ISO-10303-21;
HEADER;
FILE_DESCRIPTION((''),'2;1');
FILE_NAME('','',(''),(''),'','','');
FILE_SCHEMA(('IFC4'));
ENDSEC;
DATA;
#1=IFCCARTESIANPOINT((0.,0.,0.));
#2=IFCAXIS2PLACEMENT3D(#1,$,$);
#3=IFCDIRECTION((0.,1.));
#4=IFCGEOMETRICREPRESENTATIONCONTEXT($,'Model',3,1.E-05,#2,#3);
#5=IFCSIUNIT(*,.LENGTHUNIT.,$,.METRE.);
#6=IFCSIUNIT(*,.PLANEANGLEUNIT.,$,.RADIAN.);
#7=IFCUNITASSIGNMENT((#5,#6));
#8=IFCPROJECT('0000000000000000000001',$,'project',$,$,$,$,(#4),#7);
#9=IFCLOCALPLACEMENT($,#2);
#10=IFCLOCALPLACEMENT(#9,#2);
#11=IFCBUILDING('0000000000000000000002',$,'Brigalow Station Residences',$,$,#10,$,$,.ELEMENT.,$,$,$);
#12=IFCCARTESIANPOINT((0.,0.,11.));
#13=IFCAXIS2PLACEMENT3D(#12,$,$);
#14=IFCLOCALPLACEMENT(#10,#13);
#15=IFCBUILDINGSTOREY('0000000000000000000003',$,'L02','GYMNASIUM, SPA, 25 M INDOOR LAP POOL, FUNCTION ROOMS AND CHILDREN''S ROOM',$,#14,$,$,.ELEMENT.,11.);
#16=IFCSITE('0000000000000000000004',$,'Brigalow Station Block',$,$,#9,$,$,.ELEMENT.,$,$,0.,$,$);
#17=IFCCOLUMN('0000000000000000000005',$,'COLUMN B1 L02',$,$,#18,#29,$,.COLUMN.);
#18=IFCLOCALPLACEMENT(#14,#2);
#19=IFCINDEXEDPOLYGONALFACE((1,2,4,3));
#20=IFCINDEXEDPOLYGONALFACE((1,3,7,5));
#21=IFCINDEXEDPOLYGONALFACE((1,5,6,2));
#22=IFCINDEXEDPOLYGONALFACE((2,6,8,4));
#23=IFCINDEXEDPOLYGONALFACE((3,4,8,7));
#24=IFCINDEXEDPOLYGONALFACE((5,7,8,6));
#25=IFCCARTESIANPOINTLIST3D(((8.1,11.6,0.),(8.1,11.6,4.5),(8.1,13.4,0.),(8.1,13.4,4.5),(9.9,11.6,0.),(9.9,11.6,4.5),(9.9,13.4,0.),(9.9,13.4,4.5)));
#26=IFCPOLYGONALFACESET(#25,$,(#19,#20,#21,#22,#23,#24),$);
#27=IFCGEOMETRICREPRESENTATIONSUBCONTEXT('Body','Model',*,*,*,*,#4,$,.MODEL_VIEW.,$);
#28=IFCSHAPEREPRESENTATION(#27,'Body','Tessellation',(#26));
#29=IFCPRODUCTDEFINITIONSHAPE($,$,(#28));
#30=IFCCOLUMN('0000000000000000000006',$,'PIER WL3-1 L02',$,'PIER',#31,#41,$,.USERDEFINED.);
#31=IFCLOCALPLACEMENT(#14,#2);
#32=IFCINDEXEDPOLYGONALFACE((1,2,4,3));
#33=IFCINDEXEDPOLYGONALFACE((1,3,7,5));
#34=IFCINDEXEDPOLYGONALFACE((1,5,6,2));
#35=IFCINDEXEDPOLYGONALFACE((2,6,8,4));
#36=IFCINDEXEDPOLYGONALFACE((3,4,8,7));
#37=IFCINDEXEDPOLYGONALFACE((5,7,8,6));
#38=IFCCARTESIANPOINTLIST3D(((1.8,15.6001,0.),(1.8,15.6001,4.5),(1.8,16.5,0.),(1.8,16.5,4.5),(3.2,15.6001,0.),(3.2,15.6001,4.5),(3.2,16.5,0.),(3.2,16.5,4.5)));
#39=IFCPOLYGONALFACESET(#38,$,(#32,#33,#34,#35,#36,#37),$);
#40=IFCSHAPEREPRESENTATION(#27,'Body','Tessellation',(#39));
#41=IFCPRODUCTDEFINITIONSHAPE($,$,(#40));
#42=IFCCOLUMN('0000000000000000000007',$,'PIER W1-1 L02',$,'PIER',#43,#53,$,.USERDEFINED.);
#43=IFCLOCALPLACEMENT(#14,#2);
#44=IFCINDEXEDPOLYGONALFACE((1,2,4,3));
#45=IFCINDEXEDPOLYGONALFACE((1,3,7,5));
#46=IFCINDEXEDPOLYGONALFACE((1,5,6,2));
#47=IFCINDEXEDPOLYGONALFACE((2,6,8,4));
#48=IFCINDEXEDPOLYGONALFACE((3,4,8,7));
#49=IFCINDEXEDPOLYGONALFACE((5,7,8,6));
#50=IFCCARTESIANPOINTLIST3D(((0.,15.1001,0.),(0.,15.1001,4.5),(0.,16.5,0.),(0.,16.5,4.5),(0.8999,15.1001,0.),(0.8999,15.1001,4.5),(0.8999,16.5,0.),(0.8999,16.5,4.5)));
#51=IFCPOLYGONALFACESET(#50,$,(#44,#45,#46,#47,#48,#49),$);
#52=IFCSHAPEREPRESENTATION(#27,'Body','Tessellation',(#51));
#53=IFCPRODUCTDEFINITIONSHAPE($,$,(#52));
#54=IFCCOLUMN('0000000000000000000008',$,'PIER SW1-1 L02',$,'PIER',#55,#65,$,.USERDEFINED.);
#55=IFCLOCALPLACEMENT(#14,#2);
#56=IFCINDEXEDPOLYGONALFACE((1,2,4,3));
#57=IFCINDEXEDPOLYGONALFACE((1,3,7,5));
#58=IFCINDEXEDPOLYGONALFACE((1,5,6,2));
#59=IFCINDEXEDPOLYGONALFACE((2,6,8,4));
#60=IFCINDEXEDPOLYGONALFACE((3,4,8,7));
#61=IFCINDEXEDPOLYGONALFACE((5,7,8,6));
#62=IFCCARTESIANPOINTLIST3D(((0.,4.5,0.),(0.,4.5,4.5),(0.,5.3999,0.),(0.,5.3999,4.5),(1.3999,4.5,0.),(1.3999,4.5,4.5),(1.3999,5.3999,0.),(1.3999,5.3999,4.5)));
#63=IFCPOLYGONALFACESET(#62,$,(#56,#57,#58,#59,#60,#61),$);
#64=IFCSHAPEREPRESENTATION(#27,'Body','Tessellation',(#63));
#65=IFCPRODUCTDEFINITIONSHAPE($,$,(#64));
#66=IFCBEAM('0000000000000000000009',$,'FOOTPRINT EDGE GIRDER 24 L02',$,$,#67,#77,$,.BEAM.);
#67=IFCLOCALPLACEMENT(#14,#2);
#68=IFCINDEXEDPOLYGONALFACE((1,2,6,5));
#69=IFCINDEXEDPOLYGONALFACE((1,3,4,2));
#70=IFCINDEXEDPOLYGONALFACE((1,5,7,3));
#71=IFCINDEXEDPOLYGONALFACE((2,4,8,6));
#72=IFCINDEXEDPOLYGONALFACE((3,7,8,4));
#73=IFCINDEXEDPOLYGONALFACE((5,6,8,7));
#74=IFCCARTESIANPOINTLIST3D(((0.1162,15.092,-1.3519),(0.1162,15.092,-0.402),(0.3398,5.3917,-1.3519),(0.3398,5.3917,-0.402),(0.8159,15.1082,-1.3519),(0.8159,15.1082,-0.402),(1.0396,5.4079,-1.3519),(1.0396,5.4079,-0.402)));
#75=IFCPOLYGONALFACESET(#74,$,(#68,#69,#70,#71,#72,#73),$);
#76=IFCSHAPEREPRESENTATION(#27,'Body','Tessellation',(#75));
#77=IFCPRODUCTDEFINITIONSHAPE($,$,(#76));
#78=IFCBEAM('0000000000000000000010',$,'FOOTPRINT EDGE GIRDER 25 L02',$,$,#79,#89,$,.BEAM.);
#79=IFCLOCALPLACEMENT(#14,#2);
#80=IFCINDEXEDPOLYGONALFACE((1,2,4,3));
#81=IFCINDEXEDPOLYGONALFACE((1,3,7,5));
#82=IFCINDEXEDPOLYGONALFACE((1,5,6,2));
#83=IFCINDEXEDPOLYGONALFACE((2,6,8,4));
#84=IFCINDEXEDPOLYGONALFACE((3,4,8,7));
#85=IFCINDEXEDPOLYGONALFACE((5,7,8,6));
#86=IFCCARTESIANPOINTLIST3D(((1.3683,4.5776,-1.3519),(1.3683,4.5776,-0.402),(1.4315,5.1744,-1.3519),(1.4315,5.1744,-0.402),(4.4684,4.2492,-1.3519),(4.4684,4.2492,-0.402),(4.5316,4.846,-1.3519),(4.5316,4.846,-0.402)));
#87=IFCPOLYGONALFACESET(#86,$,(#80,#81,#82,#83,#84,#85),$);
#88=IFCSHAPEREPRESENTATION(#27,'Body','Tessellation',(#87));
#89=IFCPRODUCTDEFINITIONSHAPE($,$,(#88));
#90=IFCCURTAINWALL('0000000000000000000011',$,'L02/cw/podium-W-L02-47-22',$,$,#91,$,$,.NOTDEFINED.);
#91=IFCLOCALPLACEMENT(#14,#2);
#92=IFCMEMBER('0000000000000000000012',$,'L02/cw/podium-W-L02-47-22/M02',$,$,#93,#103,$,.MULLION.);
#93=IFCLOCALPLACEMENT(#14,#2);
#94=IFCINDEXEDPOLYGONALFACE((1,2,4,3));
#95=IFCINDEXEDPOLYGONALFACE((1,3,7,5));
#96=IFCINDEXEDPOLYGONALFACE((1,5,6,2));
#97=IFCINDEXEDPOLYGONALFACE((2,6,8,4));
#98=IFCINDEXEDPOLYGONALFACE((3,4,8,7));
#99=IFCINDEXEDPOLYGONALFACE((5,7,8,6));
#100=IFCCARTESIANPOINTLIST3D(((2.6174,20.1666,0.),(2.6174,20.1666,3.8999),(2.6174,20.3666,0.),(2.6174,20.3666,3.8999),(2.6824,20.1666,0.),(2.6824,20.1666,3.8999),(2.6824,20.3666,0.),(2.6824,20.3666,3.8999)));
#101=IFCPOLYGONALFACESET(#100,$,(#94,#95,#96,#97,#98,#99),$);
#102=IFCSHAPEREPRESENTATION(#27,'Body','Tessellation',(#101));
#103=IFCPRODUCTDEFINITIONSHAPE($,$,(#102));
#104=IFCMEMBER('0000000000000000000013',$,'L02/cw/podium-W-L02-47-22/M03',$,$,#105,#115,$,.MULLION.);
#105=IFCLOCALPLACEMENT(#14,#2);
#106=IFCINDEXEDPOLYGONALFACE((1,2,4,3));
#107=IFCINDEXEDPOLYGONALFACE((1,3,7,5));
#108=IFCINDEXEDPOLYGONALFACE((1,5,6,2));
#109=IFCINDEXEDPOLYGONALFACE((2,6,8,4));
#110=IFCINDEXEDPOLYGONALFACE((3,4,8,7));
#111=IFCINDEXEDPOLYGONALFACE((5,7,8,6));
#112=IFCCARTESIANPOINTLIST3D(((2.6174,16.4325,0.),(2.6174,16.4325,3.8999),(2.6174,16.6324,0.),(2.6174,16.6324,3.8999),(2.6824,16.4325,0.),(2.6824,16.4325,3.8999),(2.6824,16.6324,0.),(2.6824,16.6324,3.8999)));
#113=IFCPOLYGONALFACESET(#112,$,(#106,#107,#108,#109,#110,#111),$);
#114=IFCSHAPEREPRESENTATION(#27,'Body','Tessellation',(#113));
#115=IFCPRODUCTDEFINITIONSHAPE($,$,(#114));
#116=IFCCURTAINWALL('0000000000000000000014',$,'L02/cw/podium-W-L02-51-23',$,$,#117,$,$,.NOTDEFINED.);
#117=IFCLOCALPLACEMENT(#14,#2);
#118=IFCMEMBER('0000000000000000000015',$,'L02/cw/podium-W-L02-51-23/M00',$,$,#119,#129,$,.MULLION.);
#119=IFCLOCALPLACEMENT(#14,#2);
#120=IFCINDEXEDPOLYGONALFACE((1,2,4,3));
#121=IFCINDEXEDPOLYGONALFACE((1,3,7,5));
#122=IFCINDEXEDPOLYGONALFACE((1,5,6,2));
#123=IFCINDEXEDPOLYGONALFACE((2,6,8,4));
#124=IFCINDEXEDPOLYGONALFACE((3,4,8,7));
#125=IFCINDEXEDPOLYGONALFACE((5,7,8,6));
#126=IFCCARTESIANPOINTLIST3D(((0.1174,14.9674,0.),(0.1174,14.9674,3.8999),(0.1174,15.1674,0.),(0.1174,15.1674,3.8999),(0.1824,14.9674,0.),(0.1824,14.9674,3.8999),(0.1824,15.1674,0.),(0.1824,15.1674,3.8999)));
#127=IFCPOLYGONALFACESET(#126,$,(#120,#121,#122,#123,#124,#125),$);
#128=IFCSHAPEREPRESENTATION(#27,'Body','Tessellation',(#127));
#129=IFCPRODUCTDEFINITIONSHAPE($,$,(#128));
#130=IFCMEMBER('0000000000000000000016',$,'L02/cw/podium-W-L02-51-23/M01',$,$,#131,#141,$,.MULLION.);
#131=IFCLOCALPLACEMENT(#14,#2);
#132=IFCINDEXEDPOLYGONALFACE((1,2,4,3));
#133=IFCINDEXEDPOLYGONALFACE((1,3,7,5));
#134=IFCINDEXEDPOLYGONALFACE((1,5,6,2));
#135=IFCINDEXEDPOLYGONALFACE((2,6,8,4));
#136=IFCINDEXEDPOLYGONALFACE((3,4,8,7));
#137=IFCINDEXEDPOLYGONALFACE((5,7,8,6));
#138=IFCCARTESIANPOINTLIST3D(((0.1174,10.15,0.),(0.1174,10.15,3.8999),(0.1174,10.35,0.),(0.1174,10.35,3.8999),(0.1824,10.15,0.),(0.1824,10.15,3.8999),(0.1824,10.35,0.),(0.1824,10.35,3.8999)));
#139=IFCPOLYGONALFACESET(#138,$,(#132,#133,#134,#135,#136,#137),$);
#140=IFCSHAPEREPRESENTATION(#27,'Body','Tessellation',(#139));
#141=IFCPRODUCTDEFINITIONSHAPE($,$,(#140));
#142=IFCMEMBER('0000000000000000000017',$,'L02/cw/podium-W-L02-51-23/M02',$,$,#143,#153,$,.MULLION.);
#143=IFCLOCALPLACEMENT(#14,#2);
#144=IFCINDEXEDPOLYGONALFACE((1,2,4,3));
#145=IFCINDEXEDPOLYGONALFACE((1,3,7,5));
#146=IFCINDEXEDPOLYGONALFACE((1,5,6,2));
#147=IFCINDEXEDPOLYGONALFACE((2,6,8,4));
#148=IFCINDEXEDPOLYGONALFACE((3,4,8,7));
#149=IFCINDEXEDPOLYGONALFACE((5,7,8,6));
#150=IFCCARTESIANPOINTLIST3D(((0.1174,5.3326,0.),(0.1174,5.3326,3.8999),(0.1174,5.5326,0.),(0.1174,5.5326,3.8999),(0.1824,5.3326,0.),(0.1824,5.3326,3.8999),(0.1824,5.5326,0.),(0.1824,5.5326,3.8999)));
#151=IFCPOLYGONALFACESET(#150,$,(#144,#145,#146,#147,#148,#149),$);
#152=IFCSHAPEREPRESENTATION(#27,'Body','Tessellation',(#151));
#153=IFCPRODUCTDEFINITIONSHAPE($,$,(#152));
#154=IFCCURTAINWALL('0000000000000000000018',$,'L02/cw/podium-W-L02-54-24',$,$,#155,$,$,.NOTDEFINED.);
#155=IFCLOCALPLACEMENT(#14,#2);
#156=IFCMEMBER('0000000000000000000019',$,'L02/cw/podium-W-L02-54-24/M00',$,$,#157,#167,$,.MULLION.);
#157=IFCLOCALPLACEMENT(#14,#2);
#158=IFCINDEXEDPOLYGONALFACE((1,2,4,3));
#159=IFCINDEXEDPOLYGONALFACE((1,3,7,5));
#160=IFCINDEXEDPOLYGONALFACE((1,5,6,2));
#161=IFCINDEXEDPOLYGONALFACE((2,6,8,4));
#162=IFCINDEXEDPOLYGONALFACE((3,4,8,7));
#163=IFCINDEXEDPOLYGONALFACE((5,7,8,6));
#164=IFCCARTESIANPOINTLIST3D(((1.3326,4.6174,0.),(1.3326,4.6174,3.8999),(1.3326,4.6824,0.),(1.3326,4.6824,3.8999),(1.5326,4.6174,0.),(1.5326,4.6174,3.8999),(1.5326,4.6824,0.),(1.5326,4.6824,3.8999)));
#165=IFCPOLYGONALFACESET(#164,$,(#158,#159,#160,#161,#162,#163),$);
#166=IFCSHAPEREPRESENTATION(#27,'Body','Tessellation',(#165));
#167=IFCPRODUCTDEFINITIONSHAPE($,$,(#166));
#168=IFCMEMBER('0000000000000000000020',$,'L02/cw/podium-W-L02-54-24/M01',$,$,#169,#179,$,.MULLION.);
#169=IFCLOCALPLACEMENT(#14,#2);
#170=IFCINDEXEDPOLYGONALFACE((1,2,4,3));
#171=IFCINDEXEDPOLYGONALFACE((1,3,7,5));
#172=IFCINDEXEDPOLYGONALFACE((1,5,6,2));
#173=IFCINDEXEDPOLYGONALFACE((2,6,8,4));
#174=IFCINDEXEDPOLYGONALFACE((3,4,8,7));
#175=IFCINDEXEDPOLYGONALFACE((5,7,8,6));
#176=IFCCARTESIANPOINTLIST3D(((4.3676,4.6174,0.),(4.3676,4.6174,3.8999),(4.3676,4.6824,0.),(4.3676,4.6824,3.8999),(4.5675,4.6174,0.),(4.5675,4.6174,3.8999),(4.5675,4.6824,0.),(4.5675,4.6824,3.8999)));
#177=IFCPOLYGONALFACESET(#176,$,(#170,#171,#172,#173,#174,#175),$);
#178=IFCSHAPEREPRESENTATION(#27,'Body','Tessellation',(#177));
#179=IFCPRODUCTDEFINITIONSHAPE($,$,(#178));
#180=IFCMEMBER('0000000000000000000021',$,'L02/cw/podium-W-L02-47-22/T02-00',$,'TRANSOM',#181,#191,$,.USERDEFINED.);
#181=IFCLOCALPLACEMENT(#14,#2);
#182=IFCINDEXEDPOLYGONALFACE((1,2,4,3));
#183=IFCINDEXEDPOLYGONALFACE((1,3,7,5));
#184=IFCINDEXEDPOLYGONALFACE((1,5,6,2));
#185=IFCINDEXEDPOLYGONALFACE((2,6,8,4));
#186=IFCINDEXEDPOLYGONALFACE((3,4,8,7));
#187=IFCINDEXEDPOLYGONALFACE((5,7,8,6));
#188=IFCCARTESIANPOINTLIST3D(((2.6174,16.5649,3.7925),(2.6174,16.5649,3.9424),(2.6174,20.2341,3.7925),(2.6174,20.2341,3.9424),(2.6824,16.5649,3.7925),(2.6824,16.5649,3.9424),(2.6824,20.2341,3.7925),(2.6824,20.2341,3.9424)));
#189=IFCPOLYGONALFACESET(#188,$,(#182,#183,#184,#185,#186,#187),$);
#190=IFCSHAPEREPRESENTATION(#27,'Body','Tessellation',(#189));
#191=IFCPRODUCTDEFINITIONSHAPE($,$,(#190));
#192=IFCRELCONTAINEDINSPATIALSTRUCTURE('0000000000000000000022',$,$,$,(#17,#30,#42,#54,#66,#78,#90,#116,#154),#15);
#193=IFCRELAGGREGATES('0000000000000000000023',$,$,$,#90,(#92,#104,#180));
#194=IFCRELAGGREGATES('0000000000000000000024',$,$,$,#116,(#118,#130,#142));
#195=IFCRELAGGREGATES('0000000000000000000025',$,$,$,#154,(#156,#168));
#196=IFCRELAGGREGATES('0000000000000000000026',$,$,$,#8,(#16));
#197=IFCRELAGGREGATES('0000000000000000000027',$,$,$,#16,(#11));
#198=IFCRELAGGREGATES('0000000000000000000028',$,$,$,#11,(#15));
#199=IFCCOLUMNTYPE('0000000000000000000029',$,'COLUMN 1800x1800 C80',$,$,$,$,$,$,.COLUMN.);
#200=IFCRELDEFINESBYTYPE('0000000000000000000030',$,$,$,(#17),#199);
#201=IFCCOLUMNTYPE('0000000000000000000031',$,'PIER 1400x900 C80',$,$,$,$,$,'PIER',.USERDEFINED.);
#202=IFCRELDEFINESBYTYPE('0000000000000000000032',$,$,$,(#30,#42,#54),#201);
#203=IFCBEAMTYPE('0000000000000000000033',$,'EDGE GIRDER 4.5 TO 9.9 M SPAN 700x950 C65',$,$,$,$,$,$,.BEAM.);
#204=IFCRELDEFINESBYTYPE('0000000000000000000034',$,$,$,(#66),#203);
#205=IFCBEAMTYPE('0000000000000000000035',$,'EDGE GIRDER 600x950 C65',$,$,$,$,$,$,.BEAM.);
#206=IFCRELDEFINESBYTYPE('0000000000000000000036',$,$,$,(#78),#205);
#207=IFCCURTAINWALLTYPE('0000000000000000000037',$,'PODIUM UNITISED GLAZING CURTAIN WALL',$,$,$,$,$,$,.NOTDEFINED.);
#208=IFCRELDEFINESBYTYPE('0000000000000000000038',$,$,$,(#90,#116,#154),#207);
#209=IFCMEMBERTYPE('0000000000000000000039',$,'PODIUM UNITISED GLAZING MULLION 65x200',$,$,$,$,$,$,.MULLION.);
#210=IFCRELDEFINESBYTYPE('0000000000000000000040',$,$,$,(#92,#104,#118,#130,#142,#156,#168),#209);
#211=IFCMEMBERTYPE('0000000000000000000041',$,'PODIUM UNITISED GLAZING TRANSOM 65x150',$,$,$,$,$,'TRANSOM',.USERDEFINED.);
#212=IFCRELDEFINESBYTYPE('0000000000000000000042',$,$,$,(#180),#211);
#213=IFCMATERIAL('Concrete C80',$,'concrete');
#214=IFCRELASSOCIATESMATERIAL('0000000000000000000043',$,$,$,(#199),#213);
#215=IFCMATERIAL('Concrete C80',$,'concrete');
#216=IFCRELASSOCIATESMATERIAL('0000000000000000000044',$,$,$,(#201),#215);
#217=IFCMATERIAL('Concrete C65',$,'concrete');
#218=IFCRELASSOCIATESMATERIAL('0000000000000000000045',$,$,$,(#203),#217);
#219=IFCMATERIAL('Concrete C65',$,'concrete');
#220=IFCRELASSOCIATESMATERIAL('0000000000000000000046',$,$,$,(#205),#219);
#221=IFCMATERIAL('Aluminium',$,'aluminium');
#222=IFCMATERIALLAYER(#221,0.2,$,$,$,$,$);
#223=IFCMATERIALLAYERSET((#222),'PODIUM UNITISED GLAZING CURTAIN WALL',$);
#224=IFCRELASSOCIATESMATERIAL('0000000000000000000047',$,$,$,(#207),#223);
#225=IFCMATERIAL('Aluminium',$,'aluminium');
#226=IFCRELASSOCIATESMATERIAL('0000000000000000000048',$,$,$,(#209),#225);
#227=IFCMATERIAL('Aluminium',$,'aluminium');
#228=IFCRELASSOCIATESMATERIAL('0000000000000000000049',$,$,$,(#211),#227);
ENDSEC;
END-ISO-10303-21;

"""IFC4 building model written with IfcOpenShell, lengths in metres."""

from ifc_helpers import new_model, si_unit, direction, frame, origin, origin_2d, place, context, subcontext, project, spatial, rectangle, extrude, material, layer, layer_set, material_profile, profile_set, type_object, element, aggregate, save


model = new_model("IFC4")

# Units and contexts
model_context = context("Model", 3, precision=1e-05, world=origin(), true_north=direction((0.0, 1.0)))
body_context = subcontext(model_context, "Body", "Model", "MODEL_VIEW")
ifc_project = project(units=[si_unit("LENGTHUNIT", "METRE"), si_unit("PLANEANGLEUNIT", "RADIAN")], contexts=[model_context])

# Site, building, storey
site_placement = place(None, origin())
site = spatial("IfcSite", under=ifc_project, at=site_placement, Name="Brigalow Station Block", CompositionType="ELEMENT", RefElevation=0.0)
building_placement = place(site_placement, origin())
building = spatial("IfcBuilding", under=site, at=building_placement, Name="Brigalow Station Residences", CompositionType="ELEMENT")
storey_placement = place(building_placement, frame((0.0, 0.0, 11.0)))
storey = spatial("IfcBuildingStorey", under=building, at=storey_placement, Name="L02", Description="GYMNASIUM, SPA, 25 M INDOOR LAP POOL, FUNCTION ROOMS AND CHILDREN'S ROOM", CompositionType="ELEMENT", Elevation=11.0)

# Columns
ifc_material_1 = material(Name="Concrete C80", Category="concrete")
ifc_material_profile_1 = material_profile(ifc_material_1, rectangle(XDim=1.8, YDim=1.8, at=origin_2d()), Name="RC1800x1800")
ifc_profile_set_1 = profile_set([ifc_material_profile_1], Name="Concrete C80")
column_type_1 = type_object("IfcColumnType", Name="COLUMN 1800x1800 C80", PredefinedType="COLUMN", material=ifc_profile_set_1)
column_placement = place(storey_placement, frame((9.0, 12.5, 0.0), z_axis=(0.0, 0.0, 1.0), x_axis=(1.0, 0.0, 0.0)))
element("IfcColumn", 1, at=column_placement, inside=storey, type_object=column_type_1, Name="COLUMN B1 L02", PredefinedType="COLUMN", context=body_context, shape_type="SweptSolid", body=[
    extrude(rectangle(XDim=1.8, YDim=1.8, at=origin_2d()), origin(), (0.0, 0.0, 1.0), 4.5),
])
ifc_material_2 = material(Name="Concrete C80", Category="concrete")
ifc_material_profile_2 = material_profile(ifc_material_2, rectangle(XDim=1.3999, YDim=0.8999, at=origin_2d()), Name="RC1400x900")
ifc_profile_set_2 = profile_set([ifc_material_profile_2], Name="Concrete C80")
column_type_2 = type_object("IfcColumnType", Name="PIER 1400x900 C80", ElementType="PIER", PredefinedType="USERDEFINED", material=ifc_profile_set_2)
for number, where, z_axis, x_axis, name in (
    (2, (2.5, 16.05, 0.0), (0.0, 0.0, 1.0), (-1.0, 0.0, 0.0), "PIER WL3-1 L02"),
    (3, (0.45, 15.8, 0.0), (0.0, 0.0, 1.0), (0.0, -1.0, 0.0), "PIER W1-1 L02"),
    (4, (0.7, 4.95, 0.0), (0.0, 0.0, 1.0), (1.0, 0.0, 0.0), "PIER SW1-1 L02"),
):
    element("IfcColumn", number, at=place(storey_placement, frame(where, z_axis=z_axis, x_axis=x_axis)), inside=storey, type_object=column_type_2, Name=name, ObjectType="PIER", PredefinedType="USERDEFINED", context=body_context, shape_type="SweptSolid", body=[
        extrude(rectangle(XDim=1.3999, YDim=0.8999, at=origin_2d()), origin(), (0.0, 0.0, 1.0), 4.5),
    ])

# Beams
ifc_material_3 = material(Name="Concrete C65", Category="concrete")
ifc_material_profile_3 = material_profile(ifc_material_3, rectangle(XDim=0.7, YDim=0.95, at=origin_2d()), Name="RC700x950")
ifc_profile_set_3 = profile_set([ifc_material_profile_3], Name="Concrete C65")
beam_type_1 = type_object("IfcBeamType", Name="EDGE GIRDER 4.5 TO 9.9 M SPAN 700x950 C65", PredefinedType="BEAM", material=ifc_profile_set_3)
beam_1_placement = place(storey_placement, frame((0.4661, 15.1001, -0.877), z_axis=(0.023048, -0.999734, 0.0), x_axis=(0.999734, 0.023048, 0.0)))
element("IfcBeam", 5, at=beam_1_placement, inside=storey, type_object=beam_type_1, Name="FOOTPRINT EDGE GIRDER 24 L02", PredefinedType="BEAM", context=body_context, shape_type="SweptSolid", body=[
    extrude(rectangle(XDim=0.7, YDim=0.95, at=origin_2d()), origin(), (0.0, 0.0, 1.0), 9.7029),
])
ifc_material_4 = material(Name="Concrete C65", Category="concrete")
ifc_material_profile_4 = material_profile(ifc_material_4, rectangle(XDim=0.6001, YDim=0.95, at=origin_2d()), Name="RC600x950")
ifc_profile_set_4 = profile_set([ifc_material_profile_4], Name="Concrete C65")
beam_type_2 = type_object("IfcBeamType", Name="EDGE GIRDER 600x950 C65", PredefinedType="BEAM", material=ifc_profile_set_4)
beam_2_placement = place(storey_placement, frame((1.3999, 4.876, -0.877), z_axis=(0.994437, -0.105333, 0.0), x_axis=(0.105333, 0.994437, 0.0)))
element("IfcBeam", 6, at=beam_2_placement, inside=storey, type_object=beam_type_2, Name="FOOTPRINT EDGE GIRDER 25 L02", PredefinedType="BEAM", context=body_context, shape_type="SweptSolid", body=[
    extrude(rectangle(XDim=0.6001, YDim=0.95, at=origin_2d()), origin(), (0.0, 0.0, 1.0), 3.1174),
])

# Curtain walls, members
ifc_material_5 = material(Name="Aluminium", Category="aluminium")
ifc_layer_1 = layer(ifc_material_5, 0.2)
ifc_layer_set_1 = layer_set([ifc_layer_1], Name="PODIUM UNITISED GLAZING CURTAIN WALL")
curtain_wall_type = type_object("IfcCurtainWallType", Name="PODIUM UNITISED GLAZING CURTAIN WALL", PredefinedType="NOTDEFINED", material=ifc_layer_set_1)
curtain_wall_1_placement = place(storey_placement, origin())
curtain_wall_1 = element("IfcCurtainWall", 7, at=curtain_wall_1_placement, inside=storey, type_object=curtain_wall_type, Name="L02/cw/podium-W-L02-47-22", PredefinedType="NOTDEFINED")
ifc_material_6 = material(Name="Aluminium", Category="aluminium")
ifc_material_profile_5 = material_profile(ifc_material_6, rectangle(XDim=0.0649, YDim=0.2, at=origin_2d()), Name="PODIUM UNITISED GLAZING MULLION 65x200")
ifc_profile_set_5 = profile_set([ifc_material_profile_5], Name="Aluminium")
member_type_1 = type_object("IfcMemberType", Name="PODIUM UNITISED GLAZING MULLION 65x200", PredefinedType="MULLION", material=ifc_profile_set_5)
member_1_placement = place(storey_placement, frame((2.6499, 20.2666, 0.0), z_axis=(0.0, 0.0, 1.0), x_axis=(1.0, 0.0, 0.0)))
member_1 = element("IfcMember", 8, at=member_1_placement, type_object=member_type_1, Name="L02/cw/podium-W-L02-47-22/M02", PredefinedType="MULLION", context=body_context, shape_type="SweptSolid", body=[
    extrude(rectangle(XDim=0.0649, YDim=0.2, at=origin_2d()), origin(), (0.0, 0.0, 1.0), 3.8999),
])
member_2_placement = place(storey_placement, frame((2.6499, 16.5325, 0.0), z_axis=(0.0, 0.0, 1.0), x_axis=(1.0, 0.0, 0.0)))
member_2 = element("IfcMember", 9, at=member_2_placement, type_object=member_type_1, Name="L02/cw/podium-W-L02-47-22/M03", PredefinedType="MULLION", context=body_context, shape_type="SweptSolid", body=[
    extrude(rectangle(XDim=0.0649, YDim=0.2, at=origin_2d()), origin(), (0.0, 0.0, 1.0), 3.8999),
])
curtain_wall_2_placement = place(storey_placement, origin())
curtain_wall_2 = element("IfcCurtainWall", 10, at=curtain_wall_2_placement, inside=storey, type_object=curtain_wall_type, Name="L02/cw/podium-W-L02-51-23", PredefinedType="NOTDEFINED")
member_3_placement = place(storey_placement, frame((0.1499, 15.0674, 0.0), z_axis=(0.0, 0.0, 1.0), x_axis=(1.0, 0.0, 0.0)))
member_3 = element("IfcMember", 11, at=member_3_placement, type_object=member_type_1, Name="L02/cw/podium-W-L02-51-23/M00", PredefinedType="MULLION", context=body_context, shape_type="SweptSolid", body=[
    extrude(rectangle(XDim=0.0649, YDim=0.2, at=origin_2d()), origin(), (0.0, 0.0, 1.0), 3.8999),
])
member_4_placement = place(storey_placement, frame((0.1499, 10.25, 0.0), z_axis=(0.0, 0.0, 1.0), x_axis=(1.0, 0.0, 0.0)))
member_4 = element("IfcMember", 12, at=member_4_placement, type_object=member_type_1, Name="L02/cw/podium-W-L02-51-23/M01", PredefinedType="MULLION", context=body_context, shape_type="SweptSolid", body=[
    extrude(rectangle(XDim=0.0649, YDim=0.2, at=origin_2d()), origin(), (0.0, 0.0, 1.0), 3.8999),
])
member_5_placement = place(storey_placement, frame((0.1499, 5.4326, 0.0), z_axis=(0.0, 0.0, 1.0), x_axis=(1.0, 0.0, 0.0)))
member_5 = element("IfcMember", 13, at=member_5_placement, type_object=member_type_1, Name="L02/cw/podium-W-L02-51-23/M02", PredefinedType="MULLION", context=body_context, shape_type="SweptSolid", body=[
    extrude(rectangle(XDim=0.0649, YDim=0.2, at=origin_2d()), origin(), (0.0, 0.0, 1.0), 3.8999),
])
curtain_wall_3_placement = place(storey_placement, origin())
curtain_wall_3 = element("IfcCurtainWall", 14, at=curtain_wall_3_placement, inside=storey, type_object=curtain_wall_type, Name="L02/cw/podium-W-L02-54-24", PredefinedType="NOTDEFINED")
member_6_placement = place(storey_placement, frame((1.4326, 4.6499, 0.0), z_axis=(0.0, 0.0, 1.0), x_axis=(0.0, 1.0, 0.0)))
member_6 = element("IfcMember", 15, at=member_6_placement, type_object=member_type_1, Name="L02/cw/podium-W-L02-54-24/M00", PredefinedType="MULLION", context=body_context, shape_type="SweptSolid", body=[
    extrude(rectangle(XDim=0.0649, YDim=0.2, at=origin_2d()), origin(), (0.0, 0.0, 1.0), 3.8999),
])
member_7_placement = place(storey_placement, frame((4.4675, 4.6499, 0.0), z_axis=(0.0, 0.0, 1.0), x_axis=(0.0, 1.0, 0.0)))
member_7 = element("IfcMember", 16, at=member_7_placement, type_object=member_type_1, Name="L02/cw/podium-W-L02-54-24/M01", PredefinedType="MULLION", context=body_context, shape_type="SweptSolid", body=[
    extrude(rectangle(XDim=0.0649, YDim=0.2, at=origin_2d()), origin(), (0.0, 0.0, 1.0), 3.8999),
])

# Member
ifc_material_7 = material(Name="Aluminium", Category="aluminium")
ifc_material_profile_6 = material_profile(ifc_material_7, rectangle(XDim=0.0649, YDim=0.1499, at=origin_2d()), Name="PODIUM UNITISED GLAZING TRANSOM 65x150")
ifc_profile_set_6 = profile_set([ifc_material_profile_6], Name="Aluminium")
member_type_2 = type_object("IfcMemberType", Name="PODIUM UNITISED GLAZING TRANSOM 65x150", ElementType="TRANSOM", PredefinedType="USERDEFINED", material=ifc_profile_set_6)
member_8_placement = place(storey_placement, frame((2.6499, 20.2341, 3.8674), z_axis=(0.0, -1.0, 0.0), x_axis=(1.0, 0.0, 0.0)))
member_8 = element("IfcMember", 17, at=member_8_placement, type_object=member_type_2, Name="L02/cw/podium-W-L02-47-22/T02-00", ObjectType="TRANSOM", PredefinedType="USERDEFINED", context=body_context, shape_type="SweptSolid", body=[
    extrude(rectangle(XDim=0.0649, YDim=0.1499, at=origin_2d()), origin(), (0.0, 0.0, 1.0), 3.6692),
])

aggregate(curtain_wall_1, [member_1, member_2, member_8])
aggregate(curtain_wall_2, [member_3, member_4, member_5])
aggregate(curtain_wall_3, [member_6, member_7])

save(model, "model.ifc")
